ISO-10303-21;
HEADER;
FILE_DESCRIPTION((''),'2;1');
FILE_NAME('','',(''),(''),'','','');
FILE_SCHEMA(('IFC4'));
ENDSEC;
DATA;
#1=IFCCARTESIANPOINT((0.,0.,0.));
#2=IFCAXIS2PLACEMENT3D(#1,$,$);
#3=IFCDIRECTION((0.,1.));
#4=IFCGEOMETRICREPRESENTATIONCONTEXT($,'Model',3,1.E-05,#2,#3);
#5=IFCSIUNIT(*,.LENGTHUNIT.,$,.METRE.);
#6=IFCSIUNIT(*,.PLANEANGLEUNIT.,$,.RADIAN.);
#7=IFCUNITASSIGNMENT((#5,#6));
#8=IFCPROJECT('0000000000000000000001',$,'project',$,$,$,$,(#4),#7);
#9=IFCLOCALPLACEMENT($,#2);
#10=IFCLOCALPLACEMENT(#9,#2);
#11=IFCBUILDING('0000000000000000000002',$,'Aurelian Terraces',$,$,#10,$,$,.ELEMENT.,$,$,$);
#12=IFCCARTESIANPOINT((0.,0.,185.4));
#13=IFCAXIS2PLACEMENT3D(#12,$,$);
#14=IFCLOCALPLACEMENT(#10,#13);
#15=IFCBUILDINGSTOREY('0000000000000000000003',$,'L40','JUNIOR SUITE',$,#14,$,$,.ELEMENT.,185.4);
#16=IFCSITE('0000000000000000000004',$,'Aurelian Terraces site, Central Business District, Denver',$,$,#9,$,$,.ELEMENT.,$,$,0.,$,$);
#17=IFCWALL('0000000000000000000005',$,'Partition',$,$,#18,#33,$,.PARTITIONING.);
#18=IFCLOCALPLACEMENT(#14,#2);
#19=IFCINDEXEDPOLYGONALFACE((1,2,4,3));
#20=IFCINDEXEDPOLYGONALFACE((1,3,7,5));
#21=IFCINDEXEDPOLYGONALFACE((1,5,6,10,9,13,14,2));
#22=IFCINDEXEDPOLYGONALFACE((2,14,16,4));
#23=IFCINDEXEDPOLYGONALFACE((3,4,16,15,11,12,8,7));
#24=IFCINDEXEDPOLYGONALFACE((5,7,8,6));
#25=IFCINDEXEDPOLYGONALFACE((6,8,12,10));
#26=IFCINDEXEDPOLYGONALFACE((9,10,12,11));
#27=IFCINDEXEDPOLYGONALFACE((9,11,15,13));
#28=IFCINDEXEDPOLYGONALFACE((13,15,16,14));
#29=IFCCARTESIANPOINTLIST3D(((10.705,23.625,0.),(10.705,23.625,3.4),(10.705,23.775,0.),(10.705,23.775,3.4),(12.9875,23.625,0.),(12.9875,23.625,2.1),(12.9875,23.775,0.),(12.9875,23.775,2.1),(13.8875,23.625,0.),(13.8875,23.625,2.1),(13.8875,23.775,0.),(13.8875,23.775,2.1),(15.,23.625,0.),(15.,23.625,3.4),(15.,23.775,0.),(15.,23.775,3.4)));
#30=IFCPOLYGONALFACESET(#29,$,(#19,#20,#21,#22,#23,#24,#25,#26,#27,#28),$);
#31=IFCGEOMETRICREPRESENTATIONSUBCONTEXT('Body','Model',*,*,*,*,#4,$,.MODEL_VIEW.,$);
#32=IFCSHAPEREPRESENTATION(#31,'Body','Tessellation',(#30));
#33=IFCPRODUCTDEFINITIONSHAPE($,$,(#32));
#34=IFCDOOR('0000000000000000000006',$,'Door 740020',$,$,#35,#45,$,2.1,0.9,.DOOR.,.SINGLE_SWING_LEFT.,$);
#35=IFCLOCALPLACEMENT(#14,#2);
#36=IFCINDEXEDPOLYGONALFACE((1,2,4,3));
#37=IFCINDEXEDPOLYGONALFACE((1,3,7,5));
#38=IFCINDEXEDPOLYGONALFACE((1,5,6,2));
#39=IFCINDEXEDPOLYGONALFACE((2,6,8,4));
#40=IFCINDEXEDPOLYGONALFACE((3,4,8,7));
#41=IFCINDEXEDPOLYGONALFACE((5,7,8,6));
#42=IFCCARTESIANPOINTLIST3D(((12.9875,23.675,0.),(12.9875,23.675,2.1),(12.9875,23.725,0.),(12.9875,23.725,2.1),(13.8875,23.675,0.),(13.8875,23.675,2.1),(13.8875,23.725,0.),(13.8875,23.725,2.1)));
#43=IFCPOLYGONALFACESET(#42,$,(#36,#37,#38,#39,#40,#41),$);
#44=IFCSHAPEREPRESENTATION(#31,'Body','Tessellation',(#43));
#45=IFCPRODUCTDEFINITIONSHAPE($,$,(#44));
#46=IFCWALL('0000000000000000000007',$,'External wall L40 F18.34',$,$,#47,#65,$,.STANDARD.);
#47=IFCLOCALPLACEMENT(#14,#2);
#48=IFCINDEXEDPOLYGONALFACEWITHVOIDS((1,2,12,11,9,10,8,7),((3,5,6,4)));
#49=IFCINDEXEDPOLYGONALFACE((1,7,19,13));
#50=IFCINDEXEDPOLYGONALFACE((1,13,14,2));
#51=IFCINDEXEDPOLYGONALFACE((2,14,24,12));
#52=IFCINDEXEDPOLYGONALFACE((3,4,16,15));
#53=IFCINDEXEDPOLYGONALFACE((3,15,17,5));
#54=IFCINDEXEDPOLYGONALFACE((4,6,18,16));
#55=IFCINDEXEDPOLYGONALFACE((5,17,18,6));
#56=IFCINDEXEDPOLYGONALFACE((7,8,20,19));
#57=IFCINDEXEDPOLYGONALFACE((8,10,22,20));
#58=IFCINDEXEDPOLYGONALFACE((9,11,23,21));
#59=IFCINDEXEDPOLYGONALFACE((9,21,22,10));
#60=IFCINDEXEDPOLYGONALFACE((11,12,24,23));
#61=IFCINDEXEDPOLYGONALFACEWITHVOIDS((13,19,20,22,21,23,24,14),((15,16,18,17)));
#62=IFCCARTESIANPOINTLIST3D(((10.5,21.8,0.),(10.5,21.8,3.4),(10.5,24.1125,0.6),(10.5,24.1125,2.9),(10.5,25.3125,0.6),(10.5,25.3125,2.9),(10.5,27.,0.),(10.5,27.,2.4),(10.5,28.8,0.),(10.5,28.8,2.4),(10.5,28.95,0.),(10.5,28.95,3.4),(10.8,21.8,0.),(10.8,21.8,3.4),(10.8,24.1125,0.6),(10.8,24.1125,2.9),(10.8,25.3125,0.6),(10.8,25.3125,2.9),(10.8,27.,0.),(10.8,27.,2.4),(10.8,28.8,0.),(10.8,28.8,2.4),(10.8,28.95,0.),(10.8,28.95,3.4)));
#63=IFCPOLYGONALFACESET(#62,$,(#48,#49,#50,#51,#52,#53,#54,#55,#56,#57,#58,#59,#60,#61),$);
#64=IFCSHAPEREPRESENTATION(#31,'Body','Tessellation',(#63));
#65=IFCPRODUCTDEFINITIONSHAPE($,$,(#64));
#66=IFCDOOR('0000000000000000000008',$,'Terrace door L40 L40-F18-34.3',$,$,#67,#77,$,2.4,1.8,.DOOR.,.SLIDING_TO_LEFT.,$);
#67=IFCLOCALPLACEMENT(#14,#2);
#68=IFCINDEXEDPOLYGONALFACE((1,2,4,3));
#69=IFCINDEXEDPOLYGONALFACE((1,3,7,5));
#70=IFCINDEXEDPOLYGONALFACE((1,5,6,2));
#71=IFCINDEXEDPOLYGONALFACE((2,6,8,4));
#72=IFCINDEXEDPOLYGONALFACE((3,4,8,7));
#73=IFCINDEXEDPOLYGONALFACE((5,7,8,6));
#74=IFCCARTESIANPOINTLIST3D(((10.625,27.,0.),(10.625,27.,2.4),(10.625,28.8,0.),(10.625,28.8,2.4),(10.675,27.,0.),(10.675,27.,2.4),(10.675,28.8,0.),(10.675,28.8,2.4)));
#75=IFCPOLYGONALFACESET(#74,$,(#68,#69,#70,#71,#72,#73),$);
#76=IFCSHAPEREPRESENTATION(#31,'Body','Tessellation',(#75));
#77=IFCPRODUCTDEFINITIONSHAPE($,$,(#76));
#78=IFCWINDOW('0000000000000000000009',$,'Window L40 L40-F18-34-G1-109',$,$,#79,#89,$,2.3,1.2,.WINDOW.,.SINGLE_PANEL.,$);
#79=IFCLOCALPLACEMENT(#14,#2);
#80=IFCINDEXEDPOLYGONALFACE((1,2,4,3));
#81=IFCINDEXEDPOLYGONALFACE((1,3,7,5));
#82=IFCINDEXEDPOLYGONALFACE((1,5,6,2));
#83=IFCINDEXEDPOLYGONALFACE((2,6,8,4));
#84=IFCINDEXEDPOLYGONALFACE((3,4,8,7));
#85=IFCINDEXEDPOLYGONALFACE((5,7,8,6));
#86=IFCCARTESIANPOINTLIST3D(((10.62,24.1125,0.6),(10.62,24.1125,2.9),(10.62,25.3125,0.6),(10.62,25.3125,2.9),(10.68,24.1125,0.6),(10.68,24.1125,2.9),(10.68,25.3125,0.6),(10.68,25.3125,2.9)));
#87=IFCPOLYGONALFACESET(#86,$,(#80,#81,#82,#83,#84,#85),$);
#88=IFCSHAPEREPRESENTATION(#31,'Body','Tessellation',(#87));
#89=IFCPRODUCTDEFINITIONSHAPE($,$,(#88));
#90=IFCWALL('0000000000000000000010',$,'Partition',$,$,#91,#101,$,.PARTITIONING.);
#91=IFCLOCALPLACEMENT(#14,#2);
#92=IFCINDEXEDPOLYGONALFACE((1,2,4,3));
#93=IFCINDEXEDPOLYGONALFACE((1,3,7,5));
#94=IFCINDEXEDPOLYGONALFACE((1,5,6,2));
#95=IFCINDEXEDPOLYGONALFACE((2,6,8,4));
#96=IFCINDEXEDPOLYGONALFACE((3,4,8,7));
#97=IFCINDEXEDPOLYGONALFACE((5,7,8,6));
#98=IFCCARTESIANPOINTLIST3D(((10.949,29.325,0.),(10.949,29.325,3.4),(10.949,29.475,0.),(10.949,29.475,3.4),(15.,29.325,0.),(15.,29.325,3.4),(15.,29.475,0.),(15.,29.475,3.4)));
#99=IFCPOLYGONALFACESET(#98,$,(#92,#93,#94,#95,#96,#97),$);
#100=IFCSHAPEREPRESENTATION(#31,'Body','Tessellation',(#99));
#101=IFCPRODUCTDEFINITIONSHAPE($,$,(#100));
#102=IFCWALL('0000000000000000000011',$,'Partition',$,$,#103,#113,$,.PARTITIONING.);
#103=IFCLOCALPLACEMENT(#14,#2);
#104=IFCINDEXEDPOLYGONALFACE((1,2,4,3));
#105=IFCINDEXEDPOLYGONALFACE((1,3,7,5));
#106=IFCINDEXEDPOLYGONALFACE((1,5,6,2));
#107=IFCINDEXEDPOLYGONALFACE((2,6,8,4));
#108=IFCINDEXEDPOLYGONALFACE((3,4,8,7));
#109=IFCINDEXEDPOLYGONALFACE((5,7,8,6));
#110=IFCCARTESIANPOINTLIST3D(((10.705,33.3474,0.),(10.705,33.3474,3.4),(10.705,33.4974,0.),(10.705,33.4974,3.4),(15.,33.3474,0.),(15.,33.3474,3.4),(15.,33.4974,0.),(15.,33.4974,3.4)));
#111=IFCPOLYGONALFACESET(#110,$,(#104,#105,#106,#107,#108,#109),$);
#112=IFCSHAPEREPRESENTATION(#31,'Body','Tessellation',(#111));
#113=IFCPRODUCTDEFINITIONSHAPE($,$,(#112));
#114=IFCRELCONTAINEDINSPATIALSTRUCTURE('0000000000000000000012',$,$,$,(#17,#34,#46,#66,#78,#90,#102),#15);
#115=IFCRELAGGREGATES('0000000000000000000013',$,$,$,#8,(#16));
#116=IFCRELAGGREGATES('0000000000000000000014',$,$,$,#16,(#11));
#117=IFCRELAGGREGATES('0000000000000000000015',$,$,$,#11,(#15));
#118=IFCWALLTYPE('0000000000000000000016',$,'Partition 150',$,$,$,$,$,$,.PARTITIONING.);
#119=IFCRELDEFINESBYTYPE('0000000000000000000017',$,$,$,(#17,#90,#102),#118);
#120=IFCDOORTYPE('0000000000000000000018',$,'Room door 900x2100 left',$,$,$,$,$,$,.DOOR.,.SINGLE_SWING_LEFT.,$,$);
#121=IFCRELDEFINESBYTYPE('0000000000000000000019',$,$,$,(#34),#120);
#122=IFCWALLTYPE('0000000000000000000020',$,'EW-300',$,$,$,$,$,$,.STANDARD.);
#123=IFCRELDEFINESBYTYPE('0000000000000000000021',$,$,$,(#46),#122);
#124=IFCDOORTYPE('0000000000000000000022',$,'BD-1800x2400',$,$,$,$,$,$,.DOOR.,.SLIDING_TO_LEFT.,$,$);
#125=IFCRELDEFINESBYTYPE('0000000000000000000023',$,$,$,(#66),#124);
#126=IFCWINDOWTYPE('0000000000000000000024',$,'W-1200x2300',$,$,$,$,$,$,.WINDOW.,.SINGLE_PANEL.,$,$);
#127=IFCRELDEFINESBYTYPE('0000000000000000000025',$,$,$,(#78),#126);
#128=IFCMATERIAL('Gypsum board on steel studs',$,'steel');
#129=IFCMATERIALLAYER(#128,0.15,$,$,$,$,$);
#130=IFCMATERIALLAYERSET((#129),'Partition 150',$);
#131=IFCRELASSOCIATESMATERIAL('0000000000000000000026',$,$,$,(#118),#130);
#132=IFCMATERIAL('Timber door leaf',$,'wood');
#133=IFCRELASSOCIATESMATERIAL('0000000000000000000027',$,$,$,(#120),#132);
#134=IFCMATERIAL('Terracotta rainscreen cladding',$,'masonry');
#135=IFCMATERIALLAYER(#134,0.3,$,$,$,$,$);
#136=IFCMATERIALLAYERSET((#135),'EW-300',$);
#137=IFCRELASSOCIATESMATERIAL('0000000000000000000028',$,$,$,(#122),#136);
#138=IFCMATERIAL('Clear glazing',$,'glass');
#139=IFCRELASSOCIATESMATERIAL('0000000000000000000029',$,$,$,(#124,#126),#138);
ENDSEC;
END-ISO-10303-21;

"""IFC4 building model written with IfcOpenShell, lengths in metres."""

from ifc_helpers import new_model, si_unit, direction, frame, frame_2d, origin, place, context, subcontext, project, spatial, rectangle, extrude, source, transform, mapped, material, layer, layer_set, type_object, element, fill, save


model = new_model("IFC4")

# Units and contexts
model_context = context("Model", 3, precision=1e-05, world=origin(), true_north=direction((0.0, 1.0)))
body_context = subcontext(model_context, "Body", "Model", "MODEL_VIEW")
ifc_project = project(units=[si_unit("LENGTHUNIT", "METRE"), si_unit("PLANEANGLEUNIT", "RADIAN")], contexts=[model_context])

# Site, building, storey
site_placement = place(None, origin())
site = spatial("IfcSite", under=ifc_project, at=site_placement, Name="Aurelian Terraces site, Central Business District, Denver", CompositionType="ELEMENT", RefElevation=0.0)
building_placement = place(site_placement, origin())
building = spatial("IfcBuilding", under=site, at=building_placement, Name="Aurelian Terraces", CompositionType="ELEMENT")
storey_placement = place(building_placement, frame((0.0, 0.0, 185.4)))
storey = spatial("IfcBuildingStorey", under=building, at=storey_placement, Name="L40", Description="JUNIOR SUITE", CompositionType="ELEMENT", Elevation=185.4)

# Wall, opening, door
ifc_material_1 = material(Name="Gypsum board on steel studs", Category="steel")
ifc_layer_1 = layer(ifc_material_1, 0.15)
ifc_layer_set_1 = layer_set([ifc_layer_1], Name="Partition 150")
wall_type_1 = type_object("IfcWallType", Name="Partition 150", PredefinedType="PARTITIONING", material=ifc_layer_set_1)
wall_1_placement = place(storey_placement, frame((10.705, 23.7, 0.0), z_axis=(0.0, 0.0, 1.0), x_axis=(1.0, 0.0, 0.0)))
wall_1 = element("IfcWall", 1, at=wall_1_placement, inside=storey, type_object=wall_type_1, Name="Partition", PredefinedType="PARTITIONING", context=body_context, shape_type="SweptSolid", body=[
    extrude(rectangle(XDim=4.295, YDim=0.15, at=frame_2d((2.1475, 0.0))), origin(), (0.0, 0.0, 1.0), 3.4),
])
shared_shape_1 = source(origin(), body_context, "Body", "SweptSolid", [
    extrude(rectangle(XDim=0.9, YDim=2.1, at=frame_2d((0.45, 1.05))), frame((0.0, 0.085, 0.0), z_axis=(0.0, -1.0, 0.0), x_axis=(1.0, 0.0, 0.0)), (0.0, 0.0, 1.0), 0.17),
])
opening_1_placement = place(wall_1_placement, frame((2.2825, 0.0, 0.0)))
opening_1 = element("IfcOpeningElement", 2, at=opening_1_placement, cuts=wall_1, PredefinedType="OPENING", context=body_context, shape_type="MappedRepresentation", body=[
    mapped(shared_shape_1, transform((0.0, 0.0, 0.0), scale=1.0)),
])
ifc_material_2 = material(Name="Timber door leaf", Category="wood")
door_type_1 = type_object("IfcDoorType", Name="Room door 900x2100 left", OperationType="SINGLE_SWING_LEFT", PredefinedType="DOOR", material=ifc_material_2)
shared_shape_2 = source(origin(), body_context, "Body", "SweptSolid", [
    extrude(rectangle(XDim=0.9, YDim=2.1, at=frame_2d((0.45, 1.05))), frame((0.0, 0.025, 0.0), z_axis=(0.0, -1.0, 0.0), x_axis=(1.0, 0.0, 0.0)), (0.0, 0.0, 1.0), 0.05),
])
door_1_placement = place(opening_1_placement, origin())
door_1 = element("IfcDoor", 3, at=door_1_placement, inside=storey, type_object=door_type_1, Name="Door 740020", OperationType="SINGLE_SWING_LEFT", OverallHeight=2.1, OverallWidth=0.9, PredefinedType="DOOR", context=body_context, shape_type="MappedRepresentation", body=[
    mapped(shared_shape_2, transform((0.0, 0.0, 0.0), scale=1.0)),
])
fill(opening_1, door_1)

# Wall, openings, door, window
ifc_material_3 = material(Name="Terracotta rainscreen cladding", Category="masonry")
ifc_layer_2 = layer(ifc_material_3, 0.3)
ifc_layer_set_2 = layer_set([ifc_layer_2], Name="EW-300")
wall_type_2 = type_object("IfcWallType", Name="EW-300", PredefinedType="STANDARD", material=ifc_layer_set_2)
shared_shape_3 = source(origin(), body_context, "Body", "SweptSolid", [
    extrude(rectangle(XDim=7.15, YDim=0.3, at=frame_2d((3.575, 0.0))), origin(), (0.0, 0.0, 1.0), 3.4),
])
wall_2_placement = place(storey_placement, frame((10.65, 28.95, 0.0), z_axis=(0.0, 0.0, 1.0), x_axis=(0.0, -1.0, 0.0)))
wall_2 = element("IfcWall", 4, at=wall_2_placement, inside=storey, type_object=wall_type_2, Name="External wall L40 F18.34", PredefinedType="STANDARD", context=body_context, shape_type="MappedRepresentation", body=[
    mapped(shared_shape_3, transform((0.0, 0.0, 0.0), scale=1.0)),
])
shared_shape_4 = source(origin(), body_context, "Body", "SweptSolid", [
    extrude(rectangle(XDim=1.8, YDim=2.4, at=frame_2d((0.9, 1.2))), frame((0.0, 0.16, 0.0), z_axis=(0.0, -1.0, 0.0), x_axis=(1.0, 0.0, 0.0)), (0.0, 0.0, 1.0), 0.32),
])
opening_2_placement = place(wall_2_placement, frame((0.15, 0.0, 0.0)))
opening_2 = element("IfcOpeningElement", 5, at=opening_2_placement, cuts=wall_2, PredefinedType="OPENING", context=body_context, shape_type="MappedRepresentation", body=[
    mapped(shared_shape_4, transform((0.0, 0.0, 0.0), scale=1.0)),
])
shared_shape_5 = source(origin(), body_context, "Body", "SweptSolid", [
    extrude(rectangle(XDim=1.2, YDim=2.3, at=frame_2d((0.6, 1.15))), frame((0.0, 0.16, 0.0), z_axis=(0.0, -1.0, 0.0), x_axis=(1.0, 0.0, 0.0)), (0.0, 0.0, 1.0), 0.32),
])
opening_3_placement = place(wall_2_placement, frame((3.6375, 0.0, 0.6)))
opening_3 = element("IfcOpeningElement", 6, at=opening_3_placement, cuts=wall_2, PredefinedType="OPENING", context=body_context, shape_type="MappedRepresentation", body=[
    mapped(shared_shape_5, transform((0.0, 0.0, 0.0), scale=1.0)),
])
ifc_material_4 = material(Name="Clear glazing", Category="glass")
door_type_2 = type_object("IfcDoorType", Name="BD-1800x2400", OperationType="SLIDING_TO_LEFT", PredefinedType="DOOR", material=ifc_material_4)
shared_shape_6 = source(origin(), body_context, "Body", "SweptSolid", [
    extrude(rectangle(XDim=1.8, YDim=2.4, at=frame_2d((0.9, 1.2))), frame((0.0, 0.025, 0.0), z_axis=(0.0, -1.0, 0.0), x_axis=(1.0, 0.0, 0.0)), (0.0, 0.0, 1.0), 0.05),
])
door_2_placement = place(opening_2_placement, origin())
door_2 = element("IfcDoor", 7, at=door_2_placement, inside=storey, type_object=door_type_2, Name="Terrace door L40 L40-F18-34.3", OperationType="SLIDING_TO_LEFT", OverallHeight=2.4, OverallWidth=1.8, PredefinedType="DOOR", context=body_context, shape_type="MappedRepresentation", body=[
    mapped(shared_shape_6, transform((0.0, 0.0, 0.0), scale=1.0)),
])
fill(opening_2, door_2)
window_type = type_object("IfcWindowType", Name="W-1200x2300", PartitioningType="SINGLE_PANEL", PredefinedType="WINDOW", material=ifc_material_4)
shared_shape_7 = source(origin(), body_context, "Body", "SweptSolid", [
    extrude(rectangle(XDim=1.2, YDim=2.3, at=frame_2d((0.6, 1.15))), frame((0.0, 0.03, 0.0), z_axis=(0.0, -1.0, 0.0), x_axis=(1.0, 0.0, 0.0)), (0.0, 0.0, 1.0), 0.06),
])
window_placement = place(opening_3_placement, origin())
window = element("IfcWindow", 8, at=window_placement, inside=storey, type_object=window_type, Name="Window L40 L40-F18-34-G1-109", OverallHeight=2.3, OverallWidth=1.2, PartitioningType="SINGLE_PANEL", PredefinedType="WINDOW", context=body_context, shape_type="MappedRepresentation", body=[
    mapped(shared_shape_7, transform((0.0, 0.0, 0.0), scale=1.0)),
])
fill(opening_3, window)

# Walls
shared_shape_8 = source(origin(), body_context, "Body", "SweptSolid", [
    extrude(rectangle(XDim=4.051, YDim=0.15, at=frame_2d((2.0255, 0.0))), origin(), (0.0, 0.0, 1.0), 3.4),
])
wall_3_placement = place(storey_placement, frame((15.0, 29.4, 0.0), z_axis=(0.0, 0.0, 1.0), x_axis=(-1.0, 0.0, 0.0)))
element("IfcWall", 9, at=wall_3_placement, inside=storey, type_object=wall_type_1, Name="Partition", PredefinedType="PARTITIONING", context=body_context, shape_type="MappedRepresentation", body=[
    mapped(shared_shape_8, transform((0.0, 0.0, 0.0), scale=1.0)),
])
shared_shape_9 = source(origin(), body_context, "Body", "SweptSolid", [
    extrude(rectangle(XDim=4.295, YDim=0.15, at=frame_2d((2.1475, 0.0))), origin(), (0.0, 0.0, 1.0), 3.4),
])
wall_4_placement = place(storey_placement, frame((15.0, 33.4224, 0.0), z_axis=(0.0, 0.0, 1.0), x_axis=(-1.0, 0.0, 0.0)))
element("IfcWall", 10, at=wall_4_placement, inside=storey, type_object=wall_type_1, Name="Partition", PredefinedType="PARTITIONING", context=body_context, shape_type="MappedRepresentation", body=[
    mapped(shared_shape_9, transform((0.0, 0.0, 0.0), scale=1.0)),
])

save(model, "model.ifc")
